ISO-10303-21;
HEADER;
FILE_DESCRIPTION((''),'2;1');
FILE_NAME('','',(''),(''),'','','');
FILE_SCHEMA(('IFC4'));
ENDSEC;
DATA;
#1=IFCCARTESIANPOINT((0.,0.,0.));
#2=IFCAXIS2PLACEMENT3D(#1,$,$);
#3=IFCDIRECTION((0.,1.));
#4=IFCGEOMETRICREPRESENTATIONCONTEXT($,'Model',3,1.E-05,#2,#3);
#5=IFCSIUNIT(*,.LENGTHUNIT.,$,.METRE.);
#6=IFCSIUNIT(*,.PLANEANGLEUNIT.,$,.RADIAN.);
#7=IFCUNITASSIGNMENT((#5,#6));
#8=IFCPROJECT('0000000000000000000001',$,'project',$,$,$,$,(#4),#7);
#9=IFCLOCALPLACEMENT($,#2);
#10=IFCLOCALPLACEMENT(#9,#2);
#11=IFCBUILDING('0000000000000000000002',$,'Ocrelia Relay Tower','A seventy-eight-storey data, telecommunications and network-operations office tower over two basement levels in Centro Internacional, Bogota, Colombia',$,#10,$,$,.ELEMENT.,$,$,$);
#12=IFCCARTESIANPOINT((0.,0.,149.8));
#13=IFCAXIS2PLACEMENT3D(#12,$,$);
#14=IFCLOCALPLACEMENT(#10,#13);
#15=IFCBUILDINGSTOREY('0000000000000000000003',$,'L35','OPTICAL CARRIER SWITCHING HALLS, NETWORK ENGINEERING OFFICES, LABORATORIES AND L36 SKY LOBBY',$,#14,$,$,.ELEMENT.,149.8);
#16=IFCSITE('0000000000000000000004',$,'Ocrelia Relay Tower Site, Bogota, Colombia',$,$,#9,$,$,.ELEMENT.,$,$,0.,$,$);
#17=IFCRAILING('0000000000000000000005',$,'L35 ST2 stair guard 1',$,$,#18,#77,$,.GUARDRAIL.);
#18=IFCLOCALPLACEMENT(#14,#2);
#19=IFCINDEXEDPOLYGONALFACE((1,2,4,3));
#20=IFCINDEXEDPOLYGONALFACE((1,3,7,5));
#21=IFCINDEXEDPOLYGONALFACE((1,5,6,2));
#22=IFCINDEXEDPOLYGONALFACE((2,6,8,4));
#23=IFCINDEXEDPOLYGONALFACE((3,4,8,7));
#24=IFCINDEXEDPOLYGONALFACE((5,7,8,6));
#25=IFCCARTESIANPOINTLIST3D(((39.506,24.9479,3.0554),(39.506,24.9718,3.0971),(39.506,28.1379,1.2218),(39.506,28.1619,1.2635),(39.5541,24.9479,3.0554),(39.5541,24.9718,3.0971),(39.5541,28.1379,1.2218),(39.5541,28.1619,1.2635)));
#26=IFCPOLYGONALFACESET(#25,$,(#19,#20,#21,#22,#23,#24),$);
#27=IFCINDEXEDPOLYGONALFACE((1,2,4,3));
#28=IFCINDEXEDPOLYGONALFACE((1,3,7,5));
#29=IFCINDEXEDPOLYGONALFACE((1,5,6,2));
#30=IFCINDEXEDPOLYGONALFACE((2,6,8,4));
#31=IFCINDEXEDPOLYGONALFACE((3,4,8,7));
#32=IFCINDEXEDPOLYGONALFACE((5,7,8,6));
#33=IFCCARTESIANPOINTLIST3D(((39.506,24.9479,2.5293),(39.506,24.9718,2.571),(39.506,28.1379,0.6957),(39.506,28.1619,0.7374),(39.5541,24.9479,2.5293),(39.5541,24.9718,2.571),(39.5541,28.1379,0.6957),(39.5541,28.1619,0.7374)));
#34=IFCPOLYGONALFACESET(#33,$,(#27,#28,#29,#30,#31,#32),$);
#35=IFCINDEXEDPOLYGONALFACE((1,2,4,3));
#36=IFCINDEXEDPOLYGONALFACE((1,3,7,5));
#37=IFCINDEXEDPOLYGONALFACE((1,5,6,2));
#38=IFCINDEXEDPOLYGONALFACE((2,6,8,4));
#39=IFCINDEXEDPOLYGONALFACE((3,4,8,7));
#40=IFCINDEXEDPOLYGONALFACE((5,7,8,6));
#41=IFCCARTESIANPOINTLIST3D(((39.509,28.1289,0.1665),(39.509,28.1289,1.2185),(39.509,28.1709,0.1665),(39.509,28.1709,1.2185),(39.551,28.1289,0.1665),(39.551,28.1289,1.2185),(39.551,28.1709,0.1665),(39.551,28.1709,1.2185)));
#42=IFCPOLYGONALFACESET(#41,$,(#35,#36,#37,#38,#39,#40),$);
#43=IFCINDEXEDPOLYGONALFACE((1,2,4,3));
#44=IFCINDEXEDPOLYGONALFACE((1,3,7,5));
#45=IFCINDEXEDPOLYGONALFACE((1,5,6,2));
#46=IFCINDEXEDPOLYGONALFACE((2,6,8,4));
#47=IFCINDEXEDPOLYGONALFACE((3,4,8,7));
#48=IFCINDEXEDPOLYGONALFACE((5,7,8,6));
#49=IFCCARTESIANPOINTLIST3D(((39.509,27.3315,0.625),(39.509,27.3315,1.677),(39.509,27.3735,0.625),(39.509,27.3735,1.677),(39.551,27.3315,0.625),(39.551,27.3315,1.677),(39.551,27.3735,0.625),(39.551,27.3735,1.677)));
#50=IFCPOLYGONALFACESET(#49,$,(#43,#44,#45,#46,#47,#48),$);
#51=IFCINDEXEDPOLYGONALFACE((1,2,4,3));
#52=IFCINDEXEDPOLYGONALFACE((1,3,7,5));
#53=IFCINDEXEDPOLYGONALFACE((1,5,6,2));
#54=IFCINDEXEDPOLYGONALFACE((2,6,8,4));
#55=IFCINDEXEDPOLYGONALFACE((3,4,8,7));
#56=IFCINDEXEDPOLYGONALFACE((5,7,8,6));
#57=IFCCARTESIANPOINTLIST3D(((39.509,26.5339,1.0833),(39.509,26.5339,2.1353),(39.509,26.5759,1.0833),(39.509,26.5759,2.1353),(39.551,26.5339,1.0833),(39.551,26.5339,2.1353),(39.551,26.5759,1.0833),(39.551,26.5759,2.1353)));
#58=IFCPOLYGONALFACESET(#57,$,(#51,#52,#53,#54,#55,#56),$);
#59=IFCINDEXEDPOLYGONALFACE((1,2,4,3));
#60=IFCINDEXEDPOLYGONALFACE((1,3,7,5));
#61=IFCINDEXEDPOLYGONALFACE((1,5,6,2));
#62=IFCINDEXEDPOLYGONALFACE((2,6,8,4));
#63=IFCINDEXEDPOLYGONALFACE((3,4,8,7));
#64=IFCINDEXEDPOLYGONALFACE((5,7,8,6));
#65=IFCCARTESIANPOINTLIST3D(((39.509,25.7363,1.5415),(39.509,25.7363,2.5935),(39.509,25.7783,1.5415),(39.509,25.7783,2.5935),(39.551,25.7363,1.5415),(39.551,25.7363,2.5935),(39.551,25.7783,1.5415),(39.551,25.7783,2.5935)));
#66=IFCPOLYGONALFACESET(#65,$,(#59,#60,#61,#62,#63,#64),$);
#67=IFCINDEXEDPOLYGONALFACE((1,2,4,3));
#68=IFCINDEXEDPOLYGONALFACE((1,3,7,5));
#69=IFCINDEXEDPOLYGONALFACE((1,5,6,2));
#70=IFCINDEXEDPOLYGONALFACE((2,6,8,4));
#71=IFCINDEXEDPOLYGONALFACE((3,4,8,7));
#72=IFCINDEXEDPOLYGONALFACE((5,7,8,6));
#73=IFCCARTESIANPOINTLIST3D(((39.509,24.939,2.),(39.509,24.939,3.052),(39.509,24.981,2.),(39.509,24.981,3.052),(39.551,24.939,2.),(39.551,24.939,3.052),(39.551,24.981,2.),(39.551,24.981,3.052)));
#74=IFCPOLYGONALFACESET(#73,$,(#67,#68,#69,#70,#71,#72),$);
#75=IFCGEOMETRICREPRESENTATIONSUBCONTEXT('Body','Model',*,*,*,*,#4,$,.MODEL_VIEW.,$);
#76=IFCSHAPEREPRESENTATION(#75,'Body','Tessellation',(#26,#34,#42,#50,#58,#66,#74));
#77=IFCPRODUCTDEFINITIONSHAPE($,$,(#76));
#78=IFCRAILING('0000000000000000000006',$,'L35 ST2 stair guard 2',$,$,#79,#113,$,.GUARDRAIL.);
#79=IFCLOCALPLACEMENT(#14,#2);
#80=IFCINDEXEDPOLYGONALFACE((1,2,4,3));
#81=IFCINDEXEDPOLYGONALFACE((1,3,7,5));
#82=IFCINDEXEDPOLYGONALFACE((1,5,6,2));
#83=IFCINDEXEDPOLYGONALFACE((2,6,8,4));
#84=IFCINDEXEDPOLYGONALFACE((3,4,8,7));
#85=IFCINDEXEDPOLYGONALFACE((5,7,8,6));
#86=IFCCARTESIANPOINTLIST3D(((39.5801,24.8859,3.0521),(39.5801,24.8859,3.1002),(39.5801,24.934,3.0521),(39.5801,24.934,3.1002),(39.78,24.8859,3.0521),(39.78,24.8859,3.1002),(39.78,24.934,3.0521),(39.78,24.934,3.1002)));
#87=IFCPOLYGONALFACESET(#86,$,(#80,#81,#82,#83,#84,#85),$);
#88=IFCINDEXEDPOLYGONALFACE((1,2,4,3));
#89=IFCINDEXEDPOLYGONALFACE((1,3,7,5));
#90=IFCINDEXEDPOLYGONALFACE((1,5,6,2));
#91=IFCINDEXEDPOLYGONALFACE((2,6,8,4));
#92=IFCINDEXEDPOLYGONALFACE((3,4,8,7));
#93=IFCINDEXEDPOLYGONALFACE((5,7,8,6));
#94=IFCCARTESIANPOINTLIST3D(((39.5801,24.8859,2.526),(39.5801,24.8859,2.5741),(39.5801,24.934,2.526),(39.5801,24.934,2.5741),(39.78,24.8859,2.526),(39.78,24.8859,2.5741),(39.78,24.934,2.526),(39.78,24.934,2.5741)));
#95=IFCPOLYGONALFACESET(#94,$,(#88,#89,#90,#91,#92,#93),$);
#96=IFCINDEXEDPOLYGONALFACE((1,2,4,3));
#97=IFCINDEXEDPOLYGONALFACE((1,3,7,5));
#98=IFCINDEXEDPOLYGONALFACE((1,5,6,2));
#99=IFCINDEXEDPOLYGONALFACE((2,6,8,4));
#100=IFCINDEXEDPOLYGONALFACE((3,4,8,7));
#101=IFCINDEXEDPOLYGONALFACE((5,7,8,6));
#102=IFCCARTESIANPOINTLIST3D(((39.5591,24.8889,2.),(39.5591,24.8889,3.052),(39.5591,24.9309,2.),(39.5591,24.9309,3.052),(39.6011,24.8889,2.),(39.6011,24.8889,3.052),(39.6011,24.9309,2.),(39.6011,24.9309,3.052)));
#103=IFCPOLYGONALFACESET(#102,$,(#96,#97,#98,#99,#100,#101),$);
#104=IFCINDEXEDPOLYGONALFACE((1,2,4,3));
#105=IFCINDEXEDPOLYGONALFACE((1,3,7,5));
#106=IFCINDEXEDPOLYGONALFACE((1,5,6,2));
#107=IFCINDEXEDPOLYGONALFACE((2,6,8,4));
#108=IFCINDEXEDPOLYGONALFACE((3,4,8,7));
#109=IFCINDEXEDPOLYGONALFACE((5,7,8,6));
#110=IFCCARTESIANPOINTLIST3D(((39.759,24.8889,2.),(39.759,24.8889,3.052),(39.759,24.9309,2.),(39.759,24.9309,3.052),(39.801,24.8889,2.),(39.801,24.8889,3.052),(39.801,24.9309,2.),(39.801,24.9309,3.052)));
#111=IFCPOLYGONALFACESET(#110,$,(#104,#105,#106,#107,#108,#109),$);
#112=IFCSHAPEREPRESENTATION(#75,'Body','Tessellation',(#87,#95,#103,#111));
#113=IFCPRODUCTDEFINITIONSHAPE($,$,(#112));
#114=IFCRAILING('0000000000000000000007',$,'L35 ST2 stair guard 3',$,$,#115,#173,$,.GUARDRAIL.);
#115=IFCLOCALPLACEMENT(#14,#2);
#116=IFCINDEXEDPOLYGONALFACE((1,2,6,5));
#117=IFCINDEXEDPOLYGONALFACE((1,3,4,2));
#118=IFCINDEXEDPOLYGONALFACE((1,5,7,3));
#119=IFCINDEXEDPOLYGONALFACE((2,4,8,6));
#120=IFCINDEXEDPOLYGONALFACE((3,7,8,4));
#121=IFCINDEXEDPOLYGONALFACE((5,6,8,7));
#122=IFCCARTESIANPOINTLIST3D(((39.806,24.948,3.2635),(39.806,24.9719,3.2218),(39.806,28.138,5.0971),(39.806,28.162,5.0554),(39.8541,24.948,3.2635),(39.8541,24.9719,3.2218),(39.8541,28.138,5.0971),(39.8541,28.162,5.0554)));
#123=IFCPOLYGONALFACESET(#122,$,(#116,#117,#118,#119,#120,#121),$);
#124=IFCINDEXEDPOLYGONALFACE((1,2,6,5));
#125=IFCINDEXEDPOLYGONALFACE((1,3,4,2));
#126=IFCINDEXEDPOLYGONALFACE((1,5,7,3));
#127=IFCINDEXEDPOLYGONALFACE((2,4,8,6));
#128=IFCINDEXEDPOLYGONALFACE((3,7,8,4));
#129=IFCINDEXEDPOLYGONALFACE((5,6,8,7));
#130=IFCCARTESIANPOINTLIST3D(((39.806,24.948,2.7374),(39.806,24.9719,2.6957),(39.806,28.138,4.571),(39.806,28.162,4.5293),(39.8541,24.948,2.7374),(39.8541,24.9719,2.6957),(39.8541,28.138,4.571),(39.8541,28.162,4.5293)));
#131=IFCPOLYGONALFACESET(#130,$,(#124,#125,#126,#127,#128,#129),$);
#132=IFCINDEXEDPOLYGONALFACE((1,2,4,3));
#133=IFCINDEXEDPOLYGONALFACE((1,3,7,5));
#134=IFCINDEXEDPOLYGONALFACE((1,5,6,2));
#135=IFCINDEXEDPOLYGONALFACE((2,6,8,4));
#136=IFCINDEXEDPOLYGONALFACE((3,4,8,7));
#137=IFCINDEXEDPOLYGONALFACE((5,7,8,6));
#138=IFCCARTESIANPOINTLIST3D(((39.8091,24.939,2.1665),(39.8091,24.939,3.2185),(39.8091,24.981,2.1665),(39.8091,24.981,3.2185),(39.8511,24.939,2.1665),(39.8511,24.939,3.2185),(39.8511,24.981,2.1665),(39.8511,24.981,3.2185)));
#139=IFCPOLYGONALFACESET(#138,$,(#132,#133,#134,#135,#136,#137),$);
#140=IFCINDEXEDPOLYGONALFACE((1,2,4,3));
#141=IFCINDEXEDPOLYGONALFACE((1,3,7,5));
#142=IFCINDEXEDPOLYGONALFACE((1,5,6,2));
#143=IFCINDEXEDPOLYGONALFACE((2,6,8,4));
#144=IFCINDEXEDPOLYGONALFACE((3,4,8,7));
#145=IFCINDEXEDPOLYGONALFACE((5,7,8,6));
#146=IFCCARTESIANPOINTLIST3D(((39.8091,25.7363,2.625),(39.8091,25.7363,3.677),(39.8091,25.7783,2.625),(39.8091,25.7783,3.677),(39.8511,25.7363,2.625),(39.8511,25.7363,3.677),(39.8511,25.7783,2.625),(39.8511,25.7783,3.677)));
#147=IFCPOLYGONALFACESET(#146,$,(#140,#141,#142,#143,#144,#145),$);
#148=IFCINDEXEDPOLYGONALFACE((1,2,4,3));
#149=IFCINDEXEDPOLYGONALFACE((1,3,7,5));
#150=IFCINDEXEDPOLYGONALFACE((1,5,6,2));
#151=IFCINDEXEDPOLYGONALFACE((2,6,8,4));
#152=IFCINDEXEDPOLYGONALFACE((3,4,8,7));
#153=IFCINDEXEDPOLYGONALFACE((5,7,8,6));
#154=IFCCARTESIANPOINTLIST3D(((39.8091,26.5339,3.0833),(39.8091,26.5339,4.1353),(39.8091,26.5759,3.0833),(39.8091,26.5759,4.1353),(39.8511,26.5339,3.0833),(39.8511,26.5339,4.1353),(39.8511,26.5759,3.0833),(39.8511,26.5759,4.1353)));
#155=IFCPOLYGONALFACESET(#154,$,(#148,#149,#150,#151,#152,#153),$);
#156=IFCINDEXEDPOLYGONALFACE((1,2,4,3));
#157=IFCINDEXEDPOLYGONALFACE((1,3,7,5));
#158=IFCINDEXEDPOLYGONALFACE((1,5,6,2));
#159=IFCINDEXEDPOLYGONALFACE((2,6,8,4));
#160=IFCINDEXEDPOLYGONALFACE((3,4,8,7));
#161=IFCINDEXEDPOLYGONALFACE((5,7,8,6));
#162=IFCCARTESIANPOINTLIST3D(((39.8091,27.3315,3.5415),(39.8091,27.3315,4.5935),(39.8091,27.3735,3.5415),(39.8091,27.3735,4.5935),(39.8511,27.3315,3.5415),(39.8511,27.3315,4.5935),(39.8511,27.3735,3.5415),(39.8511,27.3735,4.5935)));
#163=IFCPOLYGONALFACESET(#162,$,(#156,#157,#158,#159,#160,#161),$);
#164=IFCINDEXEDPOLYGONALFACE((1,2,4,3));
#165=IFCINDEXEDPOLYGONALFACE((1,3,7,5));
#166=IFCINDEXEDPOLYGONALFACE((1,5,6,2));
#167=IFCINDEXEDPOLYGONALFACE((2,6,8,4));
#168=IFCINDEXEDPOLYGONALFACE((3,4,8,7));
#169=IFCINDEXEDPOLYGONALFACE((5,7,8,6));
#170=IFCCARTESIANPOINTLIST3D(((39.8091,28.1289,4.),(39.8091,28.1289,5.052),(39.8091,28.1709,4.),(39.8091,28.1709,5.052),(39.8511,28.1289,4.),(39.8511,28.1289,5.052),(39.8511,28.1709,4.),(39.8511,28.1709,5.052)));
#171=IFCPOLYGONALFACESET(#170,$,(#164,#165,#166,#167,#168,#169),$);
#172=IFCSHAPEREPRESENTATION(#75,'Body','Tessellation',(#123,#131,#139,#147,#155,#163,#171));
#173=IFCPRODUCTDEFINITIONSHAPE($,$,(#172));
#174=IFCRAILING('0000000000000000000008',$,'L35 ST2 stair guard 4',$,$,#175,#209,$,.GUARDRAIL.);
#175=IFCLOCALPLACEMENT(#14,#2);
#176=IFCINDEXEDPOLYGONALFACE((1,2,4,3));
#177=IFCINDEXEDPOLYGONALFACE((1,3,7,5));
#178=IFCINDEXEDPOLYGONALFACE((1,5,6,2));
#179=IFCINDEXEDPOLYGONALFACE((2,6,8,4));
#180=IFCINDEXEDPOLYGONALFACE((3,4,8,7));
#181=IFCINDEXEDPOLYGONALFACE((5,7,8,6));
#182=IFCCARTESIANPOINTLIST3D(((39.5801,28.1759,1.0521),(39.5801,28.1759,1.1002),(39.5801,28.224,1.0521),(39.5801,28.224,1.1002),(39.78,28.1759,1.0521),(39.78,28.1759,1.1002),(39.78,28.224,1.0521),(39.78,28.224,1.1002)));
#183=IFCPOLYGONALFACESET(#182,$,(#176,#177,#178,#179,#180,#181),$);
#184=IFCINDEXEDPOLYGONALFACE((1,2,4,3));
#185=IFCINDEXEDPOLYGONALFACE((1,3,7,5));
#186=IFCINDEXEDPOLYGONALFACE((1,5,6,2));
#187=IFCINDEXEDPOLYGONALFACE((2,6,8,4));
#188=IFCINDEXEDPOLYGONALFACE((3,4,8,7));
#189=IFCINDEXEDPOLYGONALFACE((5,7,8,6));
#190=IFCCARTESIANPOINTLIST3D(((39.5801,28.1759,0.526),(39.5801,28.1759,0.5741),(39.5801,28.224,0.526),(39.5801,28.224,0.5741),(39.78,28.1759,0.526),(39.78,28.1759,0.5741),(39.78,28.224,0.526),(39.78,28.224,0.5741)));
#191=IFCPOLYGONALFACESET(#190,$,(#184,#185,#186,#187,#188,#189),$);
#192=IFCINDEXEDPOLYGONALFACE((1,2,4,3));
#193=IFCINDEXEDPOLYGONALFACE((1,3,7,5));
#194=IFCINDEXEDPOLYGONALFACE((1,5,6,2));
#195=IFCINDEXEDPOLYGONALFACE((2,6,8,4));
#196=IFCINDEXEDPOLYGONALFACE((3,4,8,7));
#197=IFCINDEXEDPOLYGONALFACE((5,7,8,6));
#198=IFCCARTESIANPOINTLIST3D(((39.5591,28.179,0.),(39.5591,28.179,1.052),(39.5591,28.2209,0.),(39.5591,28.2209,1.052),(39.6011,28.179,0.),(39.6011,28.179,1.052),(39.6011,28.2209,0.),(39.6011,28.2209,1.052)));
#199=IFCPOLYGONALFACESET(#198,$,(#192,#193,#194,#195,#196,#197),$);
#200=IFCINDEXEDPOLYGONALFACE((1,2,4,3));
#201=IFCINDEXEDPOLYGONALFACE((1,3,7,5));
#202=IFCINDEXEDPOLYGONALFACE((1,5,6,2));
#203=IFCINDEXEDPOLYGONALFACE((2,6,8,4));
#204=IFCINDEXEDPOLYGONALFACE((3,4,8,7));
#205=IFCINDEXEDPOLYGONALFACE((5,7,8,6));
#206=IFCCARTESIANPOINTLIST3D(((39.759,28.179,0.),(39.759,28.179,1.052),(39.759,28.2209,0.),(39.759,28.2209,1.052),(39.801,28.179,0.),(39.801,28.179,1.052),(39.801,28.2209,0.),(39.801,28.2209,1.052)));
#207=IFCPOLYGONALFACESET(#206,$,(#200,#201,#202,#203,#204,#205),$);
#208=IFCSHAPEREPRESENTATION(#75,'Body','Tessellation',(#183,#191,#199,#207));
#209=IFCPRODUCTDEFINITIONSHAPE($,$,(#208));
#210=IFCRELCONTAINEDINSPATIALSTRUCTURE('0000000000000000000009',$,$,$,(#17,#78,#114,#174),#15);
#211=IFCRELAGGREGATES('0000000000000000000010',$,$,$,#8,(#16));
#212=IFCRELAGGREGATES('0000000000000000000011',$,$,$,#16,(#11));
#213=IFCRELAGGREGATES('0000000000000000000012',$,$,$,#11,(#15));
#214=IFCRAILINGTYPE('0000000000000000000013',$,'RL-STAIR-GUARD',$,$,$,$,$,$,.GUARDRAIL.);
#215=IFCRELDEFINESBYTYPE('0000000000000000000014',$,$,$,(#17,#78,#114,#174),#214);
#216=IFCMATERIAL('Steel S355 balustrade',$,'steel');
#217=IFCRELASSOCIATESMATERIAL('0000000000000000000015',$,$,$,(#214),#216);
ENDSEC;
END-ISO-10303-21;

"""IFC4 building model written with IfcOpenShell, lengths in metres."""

from ifc_helpers import new_model, si_unit, direction, frame, origin, origin_2d, place, context, subcontext, project, spatial, rectangle, extrude, material, type_object, element, save


model = new_model("IFC4")

# Units and contexts
model_context = context("Model", 3, precision=1e-05, world=origin(), true_north=direction((0.0, 1.0)))
body_context = subcontext(model_context, "Body", "Model", "MODEL_VIEW")
ifc_project = project(units=[si_unit("LENGTHUNIT", "METRE"), si_unit("PLANEANGLEUNIT", "RADIAN")], contexts=[model_context])

# Site, building, storey
site_placement = place(None, origin())
site = spatial("IfcSite", under=ifc_project, at=site_placement, Name="Ocrelia Relay Tower Site, Bogota, Colombia", CompositionType="ELEMENT", RefElevation=0.0)
building_placement = place(site_placement, origin())
building = spatial("IfcBuilding", under=site, at=building_placement, Name="Ocrelia Relay Tower", Description="A seventy-eight-storey data, telecommunications and network-operations office tower over two basement levels in Centro Internacional, Bogota, Colombia", CompositionType="ELEMENT")
storey_placement = place(building_placement, frame((0.0, 0.0, 149.8)))
storey = spatial("IfcBuildingStorey", under=building, at=storey_placement, Name="L35", Description="OPTICAL CARRIER SWITCHING HALLS, NETWORK ENGINEERING OFFICES, LABORATORIES AND L36 SKY LOBBY", CompositionType="ELEMENT", Elevation=149.8)

# Railings
ifc_material_1 = material(Name="Steel S355 balustrade", Category="steel")
railing_type_1 = type_object("IfcRailingType", Name="RL-STAIR-GUARD", PredefinedType="GUARDRAIL", material=ifc_material_1)
railing_1_placement = place(storey_placement, frame((39.53, 28.1499, 0.1665)))
element("IfcRailing", 1, at=railing_1_placement, inside=storey, type_object=railing_type_1, Name="L35 ST2 stair guard 1", PredefinedType="GUARDRAIL", context=body_context, shape_type="SweptSolid", body=[
    extrude(rectangle(XDim=0.0481, YDim=0.0481, at=origin_2d()), frame((0.0, 0.0, 1.0762), z_axis=(0.0, -0.866991, 0.498324), x_axis=(1.0, 0.0, 0.0)), (0.0, 0.0, 1.0), 3.6794),
    extrude(rectangle(XDim=0.0481, YDim=0.0481, at=origin_2d()), frame((0.0, 0.0, 0.55), z_axis=(0.0, -0.866991, 0.498324), x_axis=(1.0, 0.0, 0.0)), (0.0, 0.0, 1.0), 3.6794),
    extrude(rectangle(XDim=0.042, YDim=0.042, at=origin_2d()), origin(), (0.0, 0.0, 1.0), 1.052),
    extrude(rectangle(XDim=0.042, YDim=0.042, at=origin_2d()), frame((0.0, -0.7974, 0.4585)), (0.0, 0.0, 1.0), 1.052),
    extrude(rectangle(XDim=0.042, YDim=0.042, at=origin_2d()), frame((0.0, -1.595, 0.9167)), (0.0, 0.0, 1.0), 1.052),
    extrude(rectangle(XDim=0.042, YDim=0.042, at=origin_2d()), frame((0.0, -2.3926, 1.375)), (0.0, 0.0, 1.0), 1.052),
    extrude(rectangle(XDim=0.042, YDim=0.042, at=origin_2d()), frame((0.0, -3.1899, 1.8335)), (0.0, 0.0, 1.0), 1.052),
])
railing_2_placement = place(storey_placement, frame((39.5801, 24.9099, 2.0)))
element("IfcRailing", 2, at=railing_2_placement, inside=storey, type_object=railing_type_1, Name="L35 ST2 stair guard 2", PredefinedType="GUARDRAIL", context=body_context, shape_type="SweptSolid", body=[
    extrude(rectangle(XDim=0.0481, YDim=0.0481, at=origin_2d()), frame((0.0, 0.0, 1.0762), z_axis=(1.0, 0.0, 0.0), x_axis=(0.0, 1.0, 0.0)), (0.0, 0.0, 1.0), 0.2),
    extrude(rectangle(XDim=0.0481, YDim=0.0481, at=origin_2d()), frame((0.0, 0.0, 0.55), z_axis=(1.0, 0.0, 0.0), x_axis=(0.0, 1.0, 0.0)), (0.0, 0.0, 1.0), 0.2),
    extrude(rectangle(XDim=0.042, YDim=0.042, at=origin_2d()), origin(), (0.0, 0.0, 1.0), 1.052),
    extrude(rectangle(XDim=0.042, YDim=0.042, at=origin_2d()), frame((0.2, 0.0, 0.0)), (0.0, 0.0, 1.0), 1.052),
])
railing_3_placement = place(storey_placement, frame((39.8301, 24.96, 2.1665)))
element("IfcRailing", 3, at=railing_3_placement, inside=storey, type_object=railing_type_1, Name="L35 ST2 stair guard 3", PredefinedType="GUARDRAIL", context=body_context, shape_type="SweptSolid", body=[
    extrude(rectangle(XDim=0.0481, YDim=0.0481, at=origin_2d()), frame((0.0, 0.0, 1.0762), z_axis=(0.0, 0.866991, 0.498324), x_axis=(-1.0, 0.0, 0.0)), (0.0, 0.0, 1.0), 3.6794),
    extrude(rectangle(XDim=0.0481, YDim=0.0481, at=origin_2d()), frame((0.0, 0.0, 0.55), z_axis=(0.0, 0.866991, 0.498324), x_axis=(-1.0, 0.0, 0.0)), (0.0, 0.0, 1.0), 3.6794),
    extrude(rectangle(XDim=0.042, YDim=0.042, at=origin_2d()), origin(), (0.0, 0.0, 1.0), 1.052),
    extrude(rectangle(XDim=0.042, YDim=0.042, at=origin_2d()), frame((0.0, 0.7974, 0.4585)), (0.0, 0.0, 1.0), 1.052),
    extrude(rectangle(XDim=0.042, YDim=0.042, at=origin_2d()), frame((0.0, 1.595, 0.9167)), (0.0, 0.0, 1.0), 1.052),
    extrude(rectangle(XDim=0.042, YDim=0.042, at=origin_2d()), frame((0.0, 2.3926, 1.375)), (0.0, 0.0, 1.0), 1.052),
    extrude(rectangle(XDim=0.042, YDim=0.042, at=origin_2d()), frame((0.0, 3.1899, 1.8335)), (0.0, 0.0, 1.0), 1.052),
])
railing_4_placement = place(storey_placement, frame((39.5801, 28.2, 0.0)))
element("IfcRailing", 4, at=railing_4_placement, inside=storey, type_object=railing_type_1, Name="L35 ST2 stair guard 4", PredefinedType="GUARDRAIL", context=body_context, shape_type="SweptSolid", body=[
    extrude(rectangle(XDim=0.0481, YDim=0.0481, at=origin_2d()), frame((0.0, 0.0, 1.0762), z_axis=(1.0, 0.0, 0.0), x_axis=(0.0, 1.0, 0.0)), (0.0, 0.0, 1.0), 0.2),
    extrude(rectangle(XDim=0.0481, YDim=0.0481, at=origin_2d()), frame((0.0, 0.0, 0.55), z_axis=(1.0, 0.0, 0.0), x_axis=(0.0, 1.0, 0.0)), (0.0, 0.0, 1.0), 0.2),
    extrude(rectangle(XDim=0.042, YDim=0.042, at=origin_2d()), origin(), (0.0, 0.0, 1.0), 1.052),
    extrude(rectangle(XDim=0.042, YDim=0.042, at=origin_2d()), frame((0.2, 0.0, 0.0)), (0.0, 0.0, 1.0), 1.052),
])

save(model, "model.ifc")
